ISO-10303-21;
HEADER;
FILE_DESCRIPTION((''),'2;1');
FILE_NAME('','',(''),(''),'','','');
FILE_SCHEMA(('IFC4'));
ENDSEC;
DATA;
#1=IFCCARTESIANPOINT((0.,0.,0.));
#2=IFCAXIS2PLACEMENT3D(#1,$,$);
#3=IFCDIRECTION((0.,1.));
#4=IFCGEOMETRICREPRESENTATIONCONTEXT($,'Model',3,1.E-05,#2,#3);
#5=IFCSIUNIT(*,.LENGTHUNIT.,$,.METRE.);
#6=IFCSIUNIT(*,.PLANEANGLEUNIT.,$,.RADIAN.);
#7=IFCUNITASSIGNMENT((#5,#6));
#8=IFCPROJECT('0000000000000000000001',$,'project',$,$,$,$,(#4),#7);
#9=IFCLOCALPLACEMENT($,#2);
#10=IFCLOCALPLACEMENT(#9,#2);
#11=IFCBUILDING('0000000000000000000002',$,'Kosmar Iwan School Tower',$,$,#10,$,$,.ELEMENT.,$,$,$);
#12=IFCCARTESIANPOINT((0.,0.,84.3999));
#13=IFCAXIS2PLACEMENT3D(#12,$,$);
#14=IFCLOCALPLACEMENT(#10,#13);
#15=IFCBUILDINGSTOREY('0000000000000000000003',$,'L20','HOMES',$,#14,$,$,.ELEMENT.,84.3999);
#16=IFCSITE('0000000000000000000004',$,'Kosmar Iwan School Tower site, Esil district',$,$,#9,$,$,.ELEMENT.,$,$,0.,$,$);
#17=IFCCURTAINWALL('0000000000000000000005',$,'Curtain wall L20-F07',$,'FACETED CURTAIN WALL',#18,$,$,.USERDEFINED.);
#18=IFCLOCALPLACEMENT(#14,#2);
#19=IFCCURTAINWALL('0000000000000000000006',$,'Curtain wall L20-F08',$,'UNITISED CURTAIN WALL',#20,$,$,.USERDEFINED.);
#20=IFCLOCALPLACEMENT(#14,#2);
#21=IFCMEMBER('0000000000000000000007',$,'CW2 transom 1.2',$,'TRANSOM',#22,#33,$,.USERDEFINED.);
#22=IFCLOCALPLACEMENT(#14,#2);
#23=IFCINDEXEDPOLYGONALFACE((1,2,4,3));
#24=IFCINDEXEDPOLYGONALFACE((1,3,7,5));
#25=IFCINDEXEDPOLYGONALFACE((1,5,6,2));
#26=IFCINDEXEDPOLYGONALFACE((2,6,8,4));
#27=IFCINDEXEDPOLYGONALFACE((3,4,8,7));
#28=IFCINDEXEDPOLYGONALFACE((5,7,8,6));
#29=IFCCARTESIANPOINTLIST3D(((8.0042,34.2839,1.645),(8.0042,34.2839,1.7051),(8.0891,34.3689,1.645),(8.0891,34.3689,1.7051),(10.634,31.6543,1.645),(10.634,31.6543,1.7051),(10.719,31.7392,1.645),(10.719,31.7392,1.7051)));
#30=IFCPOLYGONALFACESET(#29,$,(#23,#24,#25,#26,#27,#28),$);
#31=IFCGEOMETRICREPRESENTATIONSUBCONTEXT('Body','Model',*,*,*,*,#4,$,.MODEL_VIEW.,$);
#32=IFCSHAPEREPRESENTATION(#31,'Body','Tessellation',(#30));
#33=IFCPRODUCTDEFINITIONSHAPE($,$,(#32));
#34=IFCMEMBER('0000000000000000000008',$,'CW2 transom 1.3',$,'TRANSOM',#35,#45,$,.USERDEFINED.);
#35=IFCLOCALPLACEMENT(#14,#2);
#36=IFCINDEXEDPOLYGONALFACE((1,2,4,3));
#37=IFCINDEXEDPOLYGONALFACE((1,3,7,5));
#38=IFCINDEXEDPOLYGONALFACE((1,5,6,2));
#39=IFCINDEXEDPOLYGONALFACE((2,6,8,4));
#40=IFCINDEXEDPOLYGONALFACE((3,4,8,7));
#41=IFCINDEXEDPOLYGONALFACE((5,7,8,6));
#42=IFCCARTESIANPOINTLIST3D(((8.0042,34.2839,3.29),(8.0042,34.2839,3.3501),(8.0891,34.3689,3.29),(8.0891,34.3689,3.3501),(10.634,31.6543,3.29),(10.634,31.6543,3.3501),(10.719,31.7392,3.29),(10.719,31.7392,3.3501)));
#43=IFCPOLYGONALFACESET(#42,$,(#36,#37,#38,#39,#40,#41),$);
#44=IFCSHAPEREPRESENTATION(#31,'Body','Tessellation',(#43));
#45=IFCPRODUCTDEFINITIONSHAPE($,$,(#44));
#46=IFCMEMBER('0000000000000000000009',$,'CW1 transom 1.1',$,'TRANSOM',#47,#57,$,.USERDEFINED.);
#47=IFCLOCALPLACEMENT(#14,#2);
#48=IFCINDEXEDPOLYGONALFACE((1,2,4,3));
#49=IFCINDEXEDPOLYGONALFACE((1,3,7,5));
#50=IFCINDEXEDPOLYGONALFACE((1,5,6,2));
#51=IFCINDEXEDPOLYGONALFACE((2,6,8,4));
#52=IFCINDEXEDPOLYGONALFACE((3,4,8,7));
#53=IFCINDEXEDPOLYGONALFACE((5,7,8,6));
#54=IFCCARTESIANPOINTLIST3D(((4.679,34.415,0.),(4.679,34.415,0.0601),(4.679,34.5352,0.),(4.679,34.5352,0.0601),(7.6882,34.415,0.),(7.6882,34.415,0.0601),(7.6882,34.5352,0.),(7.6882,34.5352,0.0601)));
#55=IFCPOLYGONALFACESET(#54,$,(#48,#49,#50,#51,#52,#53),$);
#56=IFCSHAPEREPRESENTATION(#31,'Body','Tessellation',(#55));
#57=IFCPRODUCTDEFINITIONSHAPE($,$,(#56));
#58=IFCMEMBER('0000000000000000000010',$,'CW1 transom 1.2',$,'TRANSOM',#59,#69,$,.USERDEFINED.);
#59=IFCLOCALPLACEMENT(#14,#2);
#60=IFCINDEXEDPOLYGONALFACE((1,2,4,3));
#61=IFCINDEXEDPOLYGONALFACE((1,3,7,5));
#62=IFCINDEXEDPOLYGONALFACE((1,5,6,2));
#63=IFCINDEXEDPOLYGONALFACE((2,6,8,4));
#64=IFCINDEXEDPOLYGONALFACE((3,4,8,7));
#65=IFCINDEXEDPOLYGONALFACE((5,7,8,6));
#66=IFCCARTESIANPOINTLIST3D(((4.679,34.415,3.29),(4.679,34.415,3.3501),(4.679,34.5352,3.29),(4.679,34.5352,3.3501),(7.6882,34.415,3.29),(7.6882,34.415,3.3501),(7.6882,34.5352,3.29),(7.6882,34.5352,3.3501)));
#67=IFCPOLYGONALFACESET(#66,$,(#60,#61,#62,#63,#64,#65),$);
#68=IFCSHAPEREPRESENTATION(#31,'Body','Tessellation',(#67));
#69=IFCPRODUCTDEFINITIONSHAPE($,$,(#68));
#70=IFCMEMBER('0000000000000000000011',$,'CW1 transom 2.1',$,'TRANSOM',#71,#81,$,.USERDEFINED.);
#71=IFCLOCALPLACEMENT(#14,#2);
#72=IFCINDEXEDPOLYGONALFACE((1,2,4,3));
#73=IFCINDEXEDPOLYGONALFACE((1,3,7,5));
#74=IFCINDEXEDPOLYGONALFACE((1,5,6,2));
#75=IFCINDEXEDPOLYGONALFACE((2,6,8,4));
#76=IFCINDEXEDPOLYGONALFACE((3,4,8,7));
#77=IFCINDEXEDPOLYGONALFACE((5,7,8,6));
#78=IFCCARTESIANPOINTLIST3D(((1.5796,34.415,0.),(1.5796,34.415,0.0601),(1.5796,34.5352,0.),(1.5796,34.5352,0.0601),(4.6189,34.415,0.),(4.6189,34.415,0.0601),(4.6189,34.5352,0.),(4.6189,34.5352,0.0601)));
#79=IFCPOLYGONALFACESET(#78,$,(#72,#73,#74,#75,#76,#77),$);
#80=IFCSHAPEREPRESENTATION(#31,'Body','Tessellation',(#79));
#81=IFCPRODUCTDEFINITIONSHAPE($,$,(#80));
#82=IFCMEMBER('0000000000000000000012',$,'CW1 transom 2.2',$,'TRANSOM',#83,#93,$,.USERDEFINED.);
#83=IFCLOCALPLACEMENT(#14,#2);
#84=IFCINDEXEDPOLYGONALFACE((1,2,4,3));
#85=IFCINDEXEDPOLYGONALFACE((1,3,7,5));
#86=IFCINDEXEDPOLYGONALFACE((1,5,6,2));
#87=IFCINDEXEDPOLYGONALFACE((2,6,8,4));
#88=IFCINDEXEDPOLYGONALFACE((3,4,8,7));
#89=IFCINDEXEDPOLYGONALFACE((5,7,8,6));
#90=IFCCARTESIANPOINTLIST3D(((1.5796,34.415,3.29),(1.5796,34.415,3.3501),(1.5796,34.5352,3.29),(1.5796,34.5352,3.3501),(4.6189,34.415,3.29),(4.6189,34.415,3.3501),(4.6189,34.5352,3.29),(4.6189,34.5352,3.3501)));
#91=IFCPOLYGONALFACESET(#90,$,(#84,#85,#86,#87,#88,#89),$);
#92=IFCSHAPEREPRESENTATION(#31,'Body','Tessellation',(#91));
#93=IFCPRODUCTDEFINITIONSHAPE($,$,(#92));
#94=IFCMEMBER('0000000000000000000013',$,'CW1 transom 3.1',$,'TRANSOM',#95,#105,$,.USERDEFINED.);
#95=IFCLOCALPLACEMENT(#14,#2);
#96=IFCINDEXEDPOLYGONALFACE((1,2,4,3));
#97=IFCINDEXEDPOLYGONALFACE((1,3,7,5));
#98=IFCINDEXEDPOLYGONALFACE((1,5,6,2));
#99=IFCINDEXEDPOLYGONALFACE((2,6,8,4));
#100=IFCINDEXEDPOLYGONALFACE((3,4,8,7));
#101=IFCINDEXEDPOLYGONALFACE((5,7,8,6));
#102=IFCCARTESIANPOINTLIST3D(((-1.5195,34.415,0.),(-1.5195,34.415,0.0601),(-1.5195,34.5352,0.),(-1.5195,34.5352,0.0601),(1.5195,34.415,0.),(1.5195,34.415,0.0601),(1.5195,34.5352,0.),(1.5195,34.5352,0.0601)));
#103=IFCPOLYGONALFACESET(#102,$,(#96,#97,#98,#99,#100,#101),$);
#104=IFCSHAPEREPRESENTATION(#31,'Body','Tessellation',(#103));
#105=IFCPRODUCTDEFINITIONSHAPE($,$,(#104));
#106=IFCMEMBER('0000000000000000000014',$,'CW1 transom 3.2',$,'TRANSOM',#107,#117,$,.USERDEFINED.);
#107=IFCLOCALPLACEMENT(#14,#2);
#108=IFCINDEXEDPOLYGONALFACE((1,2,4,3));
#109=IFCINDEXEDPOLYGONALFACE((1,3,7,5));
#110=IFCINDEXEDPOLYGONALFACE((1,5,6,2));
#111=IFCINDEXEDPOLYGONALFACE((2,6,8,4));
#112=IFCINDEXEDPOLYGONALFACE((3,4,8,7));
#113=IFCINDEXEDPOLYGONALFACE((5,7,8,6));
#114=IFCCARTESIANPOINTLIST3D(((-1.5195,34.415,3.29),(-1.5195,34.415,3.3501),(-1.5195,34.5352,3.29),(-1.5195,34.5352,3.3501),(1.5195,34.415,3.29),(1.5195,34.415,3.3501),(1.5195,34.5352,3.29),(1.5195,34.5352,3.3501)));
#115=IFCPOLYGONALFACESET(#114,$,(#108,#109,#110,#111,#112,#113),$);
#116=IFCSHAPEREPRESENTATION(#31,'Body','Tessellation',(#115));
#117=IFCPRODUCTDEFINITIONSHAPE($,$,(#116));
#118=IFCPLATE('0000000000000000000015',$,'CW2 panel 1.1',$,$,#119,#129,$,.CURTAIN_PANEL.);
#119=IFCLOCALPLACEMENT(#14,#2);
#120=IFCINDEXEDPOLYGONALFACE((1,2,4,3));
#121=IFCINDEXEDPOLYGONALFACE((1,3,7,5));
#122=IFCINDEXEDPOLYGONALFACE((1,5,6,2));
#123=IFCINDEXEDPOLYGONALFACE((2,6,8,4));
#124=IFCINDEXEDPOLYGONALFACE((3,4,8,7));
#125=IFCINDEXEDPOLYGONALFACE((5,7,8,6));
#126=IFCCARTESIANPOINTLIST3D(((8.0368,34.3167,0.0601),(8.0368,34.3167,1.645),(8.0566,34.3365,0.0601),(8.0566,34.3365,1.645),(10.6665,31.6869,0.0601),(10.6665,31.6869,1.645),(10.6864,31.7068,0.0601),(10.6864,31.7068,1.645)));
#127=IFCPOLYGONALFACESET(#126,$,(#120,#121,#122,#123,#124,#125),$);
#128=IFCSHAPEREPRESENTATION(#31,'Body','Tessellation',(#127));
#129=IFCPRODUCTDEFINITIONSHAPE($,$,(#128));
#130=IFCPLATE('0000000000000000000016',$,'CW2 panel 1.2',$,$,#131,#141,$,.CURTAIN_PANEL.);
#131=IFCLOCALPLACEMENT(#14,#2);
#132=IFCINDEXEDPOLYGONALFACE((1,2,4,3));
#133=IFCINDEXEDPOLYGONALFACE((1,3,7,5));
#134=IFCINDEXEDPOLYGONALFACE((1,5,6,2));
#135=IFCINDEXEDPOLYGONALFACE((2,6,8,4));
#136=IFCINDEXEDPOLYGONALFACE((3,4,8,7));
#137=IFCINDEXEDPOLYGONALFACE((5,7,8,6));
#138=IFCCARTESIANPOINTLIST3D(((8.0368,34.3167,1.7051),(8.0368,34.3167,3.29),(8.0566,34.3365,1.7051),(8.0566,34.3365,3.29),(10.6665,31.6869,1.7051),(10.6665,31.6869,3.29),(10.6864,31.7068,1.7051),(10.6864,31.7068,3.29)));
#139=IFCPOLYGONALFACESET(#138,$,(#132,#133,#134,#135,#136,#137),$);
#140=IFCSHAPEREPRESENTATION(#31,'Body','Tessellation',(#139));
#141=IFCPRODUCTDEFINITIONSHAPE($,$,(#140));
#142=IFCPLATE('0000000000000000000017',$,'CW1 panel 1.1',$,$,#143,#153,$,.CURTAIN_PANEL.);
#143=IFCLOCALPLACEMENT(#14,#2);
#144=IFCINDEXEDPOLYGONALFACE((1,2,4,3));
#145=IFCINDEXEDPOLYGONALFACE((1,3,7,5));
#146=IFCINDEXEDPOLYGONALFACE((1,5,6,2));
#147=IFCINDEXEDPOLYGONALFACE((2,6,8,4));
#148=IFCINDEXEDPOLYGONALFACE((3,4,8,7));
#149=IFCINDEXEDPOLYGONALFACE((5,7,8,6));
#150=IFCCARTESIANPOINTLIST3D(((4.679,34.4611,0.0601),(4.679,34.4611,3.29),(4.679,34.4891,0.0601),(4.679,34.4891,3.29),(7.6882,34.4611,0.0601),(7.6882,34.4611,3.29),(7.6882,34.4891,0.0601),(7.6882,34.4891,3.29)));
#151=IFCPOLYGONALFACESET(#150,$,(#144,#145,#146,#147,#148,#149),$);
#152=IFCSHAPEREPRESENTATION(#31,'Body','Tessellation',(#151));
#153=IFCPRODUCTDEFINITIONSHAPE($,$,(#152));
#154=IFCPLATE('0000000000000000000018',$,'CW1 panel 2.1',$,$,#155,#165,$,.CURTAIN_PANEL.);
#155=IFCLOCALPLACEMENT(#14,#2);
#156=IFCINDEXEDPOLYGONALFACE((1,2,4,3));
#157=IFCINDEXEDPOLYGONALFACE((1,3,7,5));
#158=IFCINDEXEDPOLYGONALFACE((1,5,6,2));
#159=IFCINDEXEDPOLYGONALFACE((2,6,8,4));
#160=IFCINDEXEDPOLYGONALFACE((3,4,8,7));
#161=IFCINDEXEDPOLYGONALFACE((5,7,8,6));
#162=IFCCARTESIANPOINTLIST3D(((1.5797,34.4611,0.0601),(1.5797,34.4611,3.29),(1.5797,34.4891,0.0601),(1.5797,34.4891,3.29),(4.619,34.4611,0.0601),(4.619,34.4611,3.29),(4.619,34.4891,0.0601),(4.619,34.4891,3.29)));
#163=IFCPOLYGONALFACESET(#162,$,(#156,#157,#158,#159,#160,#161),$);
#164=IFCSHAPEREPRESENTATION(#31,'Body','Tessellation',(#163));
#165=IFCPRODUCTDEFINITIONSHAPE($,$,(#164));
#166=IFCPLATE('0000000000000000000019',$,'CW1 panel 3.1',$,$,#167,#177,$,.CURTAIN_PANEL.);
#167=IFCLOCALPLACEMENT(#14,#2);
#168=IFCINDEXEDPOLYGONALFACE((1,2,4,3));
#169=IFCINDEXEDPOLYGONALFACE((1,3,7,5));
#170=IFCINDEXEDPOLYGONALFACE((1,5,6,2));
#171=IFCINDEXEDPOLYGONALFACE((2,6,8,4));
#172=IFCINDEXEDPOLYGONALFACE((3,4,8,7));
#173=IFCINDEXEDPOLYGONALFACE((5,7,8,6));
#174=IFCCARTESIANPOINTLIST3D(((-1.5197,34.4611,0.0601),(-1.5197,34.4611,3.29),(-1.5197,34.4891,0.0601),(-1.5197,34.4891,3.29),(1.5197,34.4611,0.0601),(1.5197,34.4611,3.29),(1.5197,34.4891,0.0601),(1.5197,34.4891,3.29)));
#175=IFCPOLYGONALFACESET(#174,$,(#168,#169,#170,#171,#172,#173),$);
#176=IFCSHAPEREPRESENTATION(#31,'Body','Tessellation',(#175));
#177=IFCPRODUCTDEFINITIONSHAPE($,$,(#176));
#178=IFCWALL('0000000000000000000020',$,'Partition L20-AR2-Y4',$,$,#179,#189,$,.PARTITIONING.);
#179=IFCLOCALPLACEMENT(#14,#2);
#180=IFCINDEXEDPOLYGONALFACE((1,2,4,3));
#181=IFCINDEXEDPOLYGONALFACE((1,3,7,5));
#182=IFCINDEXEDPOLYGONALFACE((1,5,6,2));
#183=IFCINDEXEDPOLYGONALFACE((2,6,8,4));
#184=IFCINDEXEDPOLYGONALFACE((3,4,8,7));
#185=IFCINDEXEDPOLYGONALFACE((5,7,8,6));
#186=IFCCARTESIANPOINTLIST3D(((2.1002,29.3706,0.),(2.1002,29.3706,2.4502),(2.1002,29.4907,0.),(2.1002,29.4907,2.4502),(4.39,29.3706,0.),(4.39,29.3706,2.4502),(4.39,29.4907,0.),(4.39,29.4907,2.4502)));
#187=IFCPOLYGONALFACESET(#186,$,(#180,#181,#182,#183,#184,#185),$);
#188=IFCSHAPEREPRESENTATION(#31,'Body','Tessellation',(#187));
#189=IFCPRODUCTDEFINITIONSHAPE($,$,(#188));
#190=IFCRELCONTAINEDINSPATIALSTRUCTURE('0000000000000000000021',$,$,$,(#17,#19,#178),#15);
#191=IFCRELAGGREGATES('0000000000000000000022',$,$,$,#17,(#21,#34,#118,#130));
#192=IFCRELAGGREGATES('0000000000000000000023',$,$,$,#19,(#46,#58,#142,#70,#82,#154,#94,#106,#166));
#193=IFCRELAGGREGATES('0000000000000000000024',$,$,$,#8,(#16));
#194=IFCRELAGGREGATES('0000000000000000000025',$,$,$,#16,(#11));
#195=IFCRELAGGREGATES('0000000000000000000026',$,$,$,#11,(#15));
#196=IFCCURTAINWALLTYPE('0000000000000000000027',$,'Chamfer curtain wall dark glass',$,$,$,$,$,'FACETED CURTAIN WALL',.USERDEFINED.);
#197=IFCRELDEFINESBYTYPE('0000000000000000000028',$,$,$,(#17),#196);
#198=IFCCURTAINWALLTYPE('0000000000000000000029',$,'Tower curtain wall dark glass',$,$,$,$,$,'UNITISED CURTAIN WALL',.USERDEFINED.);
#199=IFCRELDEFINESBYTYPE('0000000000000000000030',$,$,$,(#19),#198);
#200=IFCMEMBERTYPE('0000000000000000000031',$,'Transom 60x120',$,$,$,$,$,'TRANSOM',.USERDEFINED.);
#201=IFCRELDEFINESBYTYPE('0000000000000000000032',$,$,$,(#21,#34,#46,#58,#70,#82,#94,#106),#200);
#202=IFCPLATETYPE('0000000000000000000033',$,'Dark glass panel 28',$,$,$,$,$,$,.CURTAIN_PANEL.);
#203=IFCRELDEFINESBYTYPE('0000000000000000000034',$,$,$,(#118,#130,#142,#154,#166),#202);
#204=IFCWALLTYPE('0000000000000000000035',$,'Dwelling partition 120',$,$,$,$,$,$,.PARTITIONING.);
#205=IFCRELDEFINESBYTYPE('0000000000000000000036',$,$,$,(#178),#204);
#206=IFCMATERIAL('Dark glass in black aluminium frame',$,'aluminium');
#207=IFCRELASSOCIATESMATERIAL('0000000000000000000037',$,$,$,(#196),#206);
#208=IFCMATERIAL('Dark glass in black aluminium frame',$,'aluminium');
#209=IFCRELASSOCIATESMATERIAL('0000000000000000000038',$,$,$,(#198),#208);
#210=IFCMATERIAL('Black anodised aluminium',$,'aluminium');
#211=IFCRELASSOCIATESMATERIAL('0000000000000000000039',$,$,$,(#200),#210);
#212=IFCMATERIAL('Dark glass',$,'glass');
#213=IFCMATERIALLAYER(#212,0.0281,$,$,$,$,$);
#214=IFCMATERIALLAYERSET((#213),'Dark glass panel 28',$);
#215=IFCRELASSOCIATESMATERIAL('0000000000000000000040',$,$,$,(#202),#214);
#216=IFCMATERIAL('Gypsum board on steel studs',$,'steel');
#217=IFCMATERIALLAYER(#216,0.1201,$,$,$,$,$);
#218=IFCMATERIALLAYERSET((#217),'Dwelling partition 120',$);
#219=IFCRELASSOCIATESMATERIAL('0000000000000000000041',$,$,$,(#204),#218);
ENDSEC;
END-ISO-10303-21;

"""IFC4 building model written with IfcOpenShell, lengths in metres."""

from ifc_helpers import new_model, si_unit, direction, frame, frame_2d, origin, origin_2d, place, context, subcontext, project, spatial, rectangle, extrude, material, layer, layer_set, material_profile, profile_set, type_object, element, aggregate, save


model = new_model("IFC4")

# Units and contexts
model_context = context("Model", 3, precision=1e-05, world=origin(), true_north=direction((0.0, 1.0)))
body_context = subcontext(model_context, "Body", "Model", "MODEL_VIEW")
ifc_project = project(units=[si_unit("LENGTHUNIT", "METRE"), si_unit("PLANEANGLEUNIT", "RADIAN")], contexts=[model_context])

# Site, building, storey
site_placement = place(None, origin())
site = spatial("IfcSite", under=ifc_project, at=site_placement, Name="Kosmar Iwan School Tower site, Esil district", CompositionType="ELEMENT", RefElevation=0.0)
building_placement = place(site_placement, origin())
building = spatial("IfcBuilding", under=site, at=building_placement, Name="Kosmar Iwan School Tower", CompositionType="ELEMENT")
storey_placement = place(building_placement, frame((0.0, 0.0, 84.3999)))
storey = spatial("IfcBuildingStorey", under=building, at=storey_placement, Name="L20", Description="HOMES", CompositionType="ELEMENT", Elevation=84.3999)

# Curtain walls
ifc_material_1 = material(Name="Dark glass in black aluminium frame", Category="aluminium")
curtain_wall_type_1 = type_object("IfcCurtainWallType", Name="Chamfer curtain wall dark glass", ElementType="FACETED CURTAIN WALL", PredefinedType="USERDEFINED", material=ifc_material_1)
curtain_wall_1_placement = place(storey_placement, origin())
curtain_wall_1 = element("IfcCurtainWall", 1, at=curtain_wall_1_placement, inside=storey, type_object=curtain_wall_type_1, Name="Curtain wall L20-F07", ObjectType="FACETED CURTAIN WALL", PredefinedType="USERDEFINED")
ifc_material_2 = material(Name="Dark glass in black aluminium frame", Category="aluminium")
curtain_wall_type_2 = type_object("IfcCurtainWallType", Name="Tower curtain wall dark glass", ElementType="UNITISED CURTAIN WALL", PredefinedType="USERDEFINED", material=ifc_material_2)
curtain_wall_2_placement = place(storey_placement, origin())
curtain_wall_2 = element("IfcCurtainWall", 2, at=curtain_wall_2_placement, inside=storey, type_object=curtain_wall_type_2, Name="Curtain wall L20-F08", ObjectType="UNITISED CURTAIN WALL", PredefinedType="USERDEFINED")

# Members
ifc_material_3 = material(Name="Black anodised aluminium", Category="aluminium")
ifc_material_profile_1 = material_profile(ifc_material_3, rectangle(XDim=0.1201, YDim=0.0601, at=origin_2d()), Name="TRANSOM 60x120")
ifc_profile_set_1 = profile_set([ifc_material_profile_1], Name="Black anodised aluminium")
member_type_1 = type_object("IfcMemberType", Name="Transom 60x120", ElementType="TRANSOM", PredefinedType="USERDEFINED", material=ifc_profile_set_1)
member_1_placement = place(storey_placement, frame((10.6765, 31.6968, 1.675), z_axis=(-0.70714, 0.707074, 0.0), x_axis=(-0.707074, -0.70714, 0.0)))
member_1 = element("IfcMember", 3, at=member_1_placement, type_object=member_type_1, Name="CW2 transom 1.2", ObjectType="TRANSOM", PredefinedType="USERDEFINED", context=body_context, shape_type="SweptSolid", body=[
    extrude(rectangle(XDim=0.1201, YDim=0.0601, at=origin_2d()), origin(), (0.0, 0.0, 1.0), 3.719),
])
member_2_placement = place(storey_placement, frame((10.6765, 31.6968, 3.3201), z_axis=(-0.70714, 0.707074, 0.0), x_axis=(-0.707074, -0.70714, 0.0)))
member_2 = element("IfcMember", 4, at=member_2_placement, type_object=member_type_1, Name="CW2 transom 1.3", ObjectType="TRANSOM", PredefinedType="USERDEFINED", context=body_context, shape_type="SweptSolid", body=[
    extrude(rectangle(XDim=0.1201, YDim=0.0601, at=origin_2d()), origin(), (0.0, 0.0, 1.0), 3.719),
])
member_3_placement = place(storey_placement, frame((7.6882, 34.4751, 0.03), z_axis=(-1.0, 0.0, 0.0), x_axis=(0.0, -1.0, 0.0)))
member_3 = element("IfcMember", 5, at=member_3_placement, type_object=member_type_1, Name="CW1 transom 1.1", ObjectType="TRANSOM", PredefinedType="USERDEFINED", context=body_context, shape_type="SweptSolid", body=[
    extrude(rectangle(XDim=0.1201, YDim=0.0601, at=origin_2d()), origin(), (0.0, 0.0, 1.0), 3.0093),
])
member_4_placement = place(storey_placement, frame((7.6882, 34.4751, 3.3201), z_axis=(-1.0, 0.0, 0.0), x_axis=(0.0, -1.0, 0.0)))
member_4 = element("IfcMember", 6, at=member_4_placement, type_object=member_type_1, Name="CW1 transom 1.2", ObjectType="TRANSOM", PredefinedType="USERDEFINED", context=body_context, shape_type="SweptSolid", body=[
    extrude(rectangle(XDim=0.1201, YDim=0.0601, at=origin_2d()), origin(), (0.0, 0.0, 1.0), 3.0093),
])
member_5_placement = place(storey_placement, frame((4.6189, 34.4751, 0.03), z_axis=(-1.0, 0.0, 0.0), x_axis=(0.0, -1.0, 0.0)))
member_5 = element("IfcMember", 7, at=member_5_placement, type_object=member_type_1, Name="CW1 transom 2.1", ObjectType="TRANSOM", PredefinedType="USERDEFINED", context=body_context, shape_type="SweptSolid", body=[
    extrude(rectangle(XDim=0.1201, YDim=0.0601, at=origin_2d()), origin(), (0.0, 0.0, 1.0), 3.0393),
])
member_6_placement = place(storey_placement, frame((4.6189, 34.4751, 3.3201), z_axis=(-1.0, 0.0, 0.0), x_axis=(0.0, -1.0, 0.0)))
member_6 = element("IfcMember", 8, at=member_6_placement, type_object=member_type_1, Name="CW1 transom 2.2", ObjectType="TRANSOM", PredefinedType="USERDEFINED", context=body_context, shape_type="SweptSolid", body=[
    extrude(rectangle(XDim=0.1201, YDim=0.0601, at=origin_2d()), origin(), (0.0, 0.0, 1.0), 3.0393),
])
member_7_placement = place(storey_placement, frame((1.5195, 34.4751, 0.03), z_axis=(-1.0, 0.0, 0.0), x_axis=(0.0, -1.0, 0.0)))
member_7 = element("IfcMember", 9, at=member_7_placement, type_object=member_type_1, Name="CW1 transom 3.1", ObjectType="TRANSOM", PredefinedType="USERDEFINED", context=body_context, shape_type="SweptSolid", body=[
    extrude(rectangle(XDim=0.1201, YDim=0.0601, at=origin_2d()), origin(), (0.0, 0.0, 1.0), 3.0391),
])
member_8_placement = place(storey_placement, frame((1.5195, 34.4751, 3.3201), z_axis=(-1.0, 0.0, 0.0), x_axis=(0.0, -1.0, 0.0)))
member_8 = element("IfcMember", 10, at=member_8_placement, type_object=member_type_1, Name="CW1 transom 3.2", ObjectType="TRANSOM", PredefinedType="USERDEFINED", context=body_context, shape_type="SweptSolid", body=[
    extrude(rectangle(XDim=0.1201, YDim=0.0601, at=origin_2d()), origin(), (0.0, 0.0, 1.0), 3.0391),
])

# Plates
ifc_material_4 = material(Name="Dark glass", Category="glass")
ifc_layer_1 = layer(ifc_material_4, 0.0281)
ifc_layer_set_1 = layer_set([ifc_layer_1], Name="Dark glass panel 28")
plate_type = type_object("IfcPlateType", Name="Dark glass panel 28", PredefinedType="CURTAIN_PANEL", material=ifc_layer_set_1)
plate_1_placement = place(storey_placement, frame((9.3616, 33.0117, 0.0601), z_axis=(0.0, 0.0, 1.0), x_axis=(-0.707107, 0.707107, 0.0)))
plate_1 = element("IfcPlate", 11, at=plate_1_placement, type_object=plate_type, Name="CW2 panel 1.1", PredefinedType="CURTAIN_PANEL", context=body_context, shape_type="SweptSolid", body=[
    extrude(rectangle(XDim=3.719, YDim=0.0281, at=origin_2d()), origin(), (0.0, 0.0, 1.0), 1.585),
])
plate_2_placement = place(storey_placement, frame((9.3616, 33.0117, 1.7051), z_axis=(0.0, 0.0, 1.0), x_axis=(-0.707107, 0.707107, 0.0)))
plate_2 = element("IfcPlate", 12, at=plate_2_placement, type_object=plate_type, Name="CW2 panel 1.2", PredefinedType="CURTAIN_PANEL", context=body_context, shape_type="SweptSolid", body=[
    extrude(rectangle(XDim=3.719, YDim=0.0281, at=origin_2d()), origin(), (0.0, 0.0, 1.0), 1.585),
])
aggregate(curtain_wall_1, [member_1, member_2, plate_1, plate_2])
plate_3_placement = place(storey_placement, frame((6.1836, 34.4751, 0.0601), z_axis=(0.0, 0.0, 1.0), x_axis=(-1.0, 0.0, 0.0)))
plate_3 = element("IfcPlate", 13, at=plate_3_placement, type_object=plate_type, Name="CW1 panel 1.1", PredefinedType="CURTAIN_PANEL", context=body_context, shape_type="SweptSolid", body=[
    extrude(rectangle(XDim=3.0093, YDim=0.0281, at=origin_2d()), origin(), (0.0, 0.0, 1.0), 3.23),
])
plate_4_placement = place(storey_placement, frame((3.0994, 34.4751, 0.0601), z_axis=(0.0, 0.0, 1.0), x_axis=(-1.0, 0.0, 0.0)))
plate_4 = element("IfcPlate", 14, at=plate_4_placement, type_object=plate_type, Name="CW1 panel 2.1", PredefinedType="CURTAIN_PANEL", context=body_context, shape_type="SweptSolid", body=[
    extrude(rectangle(XDim=3.0393, YDim=0.0281, at=origin_2d()), origin(), (0.0, 0.0, 1.0), 3.23),
])
plate_5_placement = place(storey_placement, frame((0.0, 34.4751, 0.0601), z_axis=(0.0, 0.0, 1.0), x_axis=(-1.0, 0.0, 0.0)))
plate_5 = element("IfcPlate", 15, at=plate_5_placement, type_object=plate_type, Name="CW1 panel 3.1", PredefinedType="CURTAIN_PANEL", context=body_context, shape_type="SweptSolid", body=[
    extrude(rectangle(XDim=3.0393, YDim=0.0281, at=origin_2d()), origin(), (0.0, 0.0, 1.0), 3.23),
])
aggregate(curtain_wall_2, [member_3, member_4, plate_3, member_5, member_6, plate_4, member_7, member_8, plate_5])

# Wall
ifc_material_5 = material(Name="Gypsum board on steel studs", Category="steel")
ifc_layer_2 = layer(ifc_material_5, 0.1201)
ifc_layer_set_2 = layer_set([ifc_layer_2], Name="Dwelling partition 120")
wall_type = type_object("IfcWallType", Name="Dwelling partition 120", PredefinedType="PARTITIONING", material=ifc_layer_set_2)
wall_placement = place(storey_placement, frame((2.1001, 29.4307, 0.0), z_axis=(0.0, 0.0, 1.0), x_axis=(1.0, 0.0, 0.0)))
element("IfcWall", 16, at=wall_placement, inside=storey, type_object=wall_type, Name="Partition L20-AR2-Y4", PredefinedType="PARTITIONING", context=body_context, shape_type="SweptSolid", body=[
    extrude(rectangle(XDim=2.2898, YDim=0.1201, at=frame_2d((1.145, 0.0))), origin(), (0.0, 0.0, 1.0), 2.4502),
])

save(model, "model.ifc")
